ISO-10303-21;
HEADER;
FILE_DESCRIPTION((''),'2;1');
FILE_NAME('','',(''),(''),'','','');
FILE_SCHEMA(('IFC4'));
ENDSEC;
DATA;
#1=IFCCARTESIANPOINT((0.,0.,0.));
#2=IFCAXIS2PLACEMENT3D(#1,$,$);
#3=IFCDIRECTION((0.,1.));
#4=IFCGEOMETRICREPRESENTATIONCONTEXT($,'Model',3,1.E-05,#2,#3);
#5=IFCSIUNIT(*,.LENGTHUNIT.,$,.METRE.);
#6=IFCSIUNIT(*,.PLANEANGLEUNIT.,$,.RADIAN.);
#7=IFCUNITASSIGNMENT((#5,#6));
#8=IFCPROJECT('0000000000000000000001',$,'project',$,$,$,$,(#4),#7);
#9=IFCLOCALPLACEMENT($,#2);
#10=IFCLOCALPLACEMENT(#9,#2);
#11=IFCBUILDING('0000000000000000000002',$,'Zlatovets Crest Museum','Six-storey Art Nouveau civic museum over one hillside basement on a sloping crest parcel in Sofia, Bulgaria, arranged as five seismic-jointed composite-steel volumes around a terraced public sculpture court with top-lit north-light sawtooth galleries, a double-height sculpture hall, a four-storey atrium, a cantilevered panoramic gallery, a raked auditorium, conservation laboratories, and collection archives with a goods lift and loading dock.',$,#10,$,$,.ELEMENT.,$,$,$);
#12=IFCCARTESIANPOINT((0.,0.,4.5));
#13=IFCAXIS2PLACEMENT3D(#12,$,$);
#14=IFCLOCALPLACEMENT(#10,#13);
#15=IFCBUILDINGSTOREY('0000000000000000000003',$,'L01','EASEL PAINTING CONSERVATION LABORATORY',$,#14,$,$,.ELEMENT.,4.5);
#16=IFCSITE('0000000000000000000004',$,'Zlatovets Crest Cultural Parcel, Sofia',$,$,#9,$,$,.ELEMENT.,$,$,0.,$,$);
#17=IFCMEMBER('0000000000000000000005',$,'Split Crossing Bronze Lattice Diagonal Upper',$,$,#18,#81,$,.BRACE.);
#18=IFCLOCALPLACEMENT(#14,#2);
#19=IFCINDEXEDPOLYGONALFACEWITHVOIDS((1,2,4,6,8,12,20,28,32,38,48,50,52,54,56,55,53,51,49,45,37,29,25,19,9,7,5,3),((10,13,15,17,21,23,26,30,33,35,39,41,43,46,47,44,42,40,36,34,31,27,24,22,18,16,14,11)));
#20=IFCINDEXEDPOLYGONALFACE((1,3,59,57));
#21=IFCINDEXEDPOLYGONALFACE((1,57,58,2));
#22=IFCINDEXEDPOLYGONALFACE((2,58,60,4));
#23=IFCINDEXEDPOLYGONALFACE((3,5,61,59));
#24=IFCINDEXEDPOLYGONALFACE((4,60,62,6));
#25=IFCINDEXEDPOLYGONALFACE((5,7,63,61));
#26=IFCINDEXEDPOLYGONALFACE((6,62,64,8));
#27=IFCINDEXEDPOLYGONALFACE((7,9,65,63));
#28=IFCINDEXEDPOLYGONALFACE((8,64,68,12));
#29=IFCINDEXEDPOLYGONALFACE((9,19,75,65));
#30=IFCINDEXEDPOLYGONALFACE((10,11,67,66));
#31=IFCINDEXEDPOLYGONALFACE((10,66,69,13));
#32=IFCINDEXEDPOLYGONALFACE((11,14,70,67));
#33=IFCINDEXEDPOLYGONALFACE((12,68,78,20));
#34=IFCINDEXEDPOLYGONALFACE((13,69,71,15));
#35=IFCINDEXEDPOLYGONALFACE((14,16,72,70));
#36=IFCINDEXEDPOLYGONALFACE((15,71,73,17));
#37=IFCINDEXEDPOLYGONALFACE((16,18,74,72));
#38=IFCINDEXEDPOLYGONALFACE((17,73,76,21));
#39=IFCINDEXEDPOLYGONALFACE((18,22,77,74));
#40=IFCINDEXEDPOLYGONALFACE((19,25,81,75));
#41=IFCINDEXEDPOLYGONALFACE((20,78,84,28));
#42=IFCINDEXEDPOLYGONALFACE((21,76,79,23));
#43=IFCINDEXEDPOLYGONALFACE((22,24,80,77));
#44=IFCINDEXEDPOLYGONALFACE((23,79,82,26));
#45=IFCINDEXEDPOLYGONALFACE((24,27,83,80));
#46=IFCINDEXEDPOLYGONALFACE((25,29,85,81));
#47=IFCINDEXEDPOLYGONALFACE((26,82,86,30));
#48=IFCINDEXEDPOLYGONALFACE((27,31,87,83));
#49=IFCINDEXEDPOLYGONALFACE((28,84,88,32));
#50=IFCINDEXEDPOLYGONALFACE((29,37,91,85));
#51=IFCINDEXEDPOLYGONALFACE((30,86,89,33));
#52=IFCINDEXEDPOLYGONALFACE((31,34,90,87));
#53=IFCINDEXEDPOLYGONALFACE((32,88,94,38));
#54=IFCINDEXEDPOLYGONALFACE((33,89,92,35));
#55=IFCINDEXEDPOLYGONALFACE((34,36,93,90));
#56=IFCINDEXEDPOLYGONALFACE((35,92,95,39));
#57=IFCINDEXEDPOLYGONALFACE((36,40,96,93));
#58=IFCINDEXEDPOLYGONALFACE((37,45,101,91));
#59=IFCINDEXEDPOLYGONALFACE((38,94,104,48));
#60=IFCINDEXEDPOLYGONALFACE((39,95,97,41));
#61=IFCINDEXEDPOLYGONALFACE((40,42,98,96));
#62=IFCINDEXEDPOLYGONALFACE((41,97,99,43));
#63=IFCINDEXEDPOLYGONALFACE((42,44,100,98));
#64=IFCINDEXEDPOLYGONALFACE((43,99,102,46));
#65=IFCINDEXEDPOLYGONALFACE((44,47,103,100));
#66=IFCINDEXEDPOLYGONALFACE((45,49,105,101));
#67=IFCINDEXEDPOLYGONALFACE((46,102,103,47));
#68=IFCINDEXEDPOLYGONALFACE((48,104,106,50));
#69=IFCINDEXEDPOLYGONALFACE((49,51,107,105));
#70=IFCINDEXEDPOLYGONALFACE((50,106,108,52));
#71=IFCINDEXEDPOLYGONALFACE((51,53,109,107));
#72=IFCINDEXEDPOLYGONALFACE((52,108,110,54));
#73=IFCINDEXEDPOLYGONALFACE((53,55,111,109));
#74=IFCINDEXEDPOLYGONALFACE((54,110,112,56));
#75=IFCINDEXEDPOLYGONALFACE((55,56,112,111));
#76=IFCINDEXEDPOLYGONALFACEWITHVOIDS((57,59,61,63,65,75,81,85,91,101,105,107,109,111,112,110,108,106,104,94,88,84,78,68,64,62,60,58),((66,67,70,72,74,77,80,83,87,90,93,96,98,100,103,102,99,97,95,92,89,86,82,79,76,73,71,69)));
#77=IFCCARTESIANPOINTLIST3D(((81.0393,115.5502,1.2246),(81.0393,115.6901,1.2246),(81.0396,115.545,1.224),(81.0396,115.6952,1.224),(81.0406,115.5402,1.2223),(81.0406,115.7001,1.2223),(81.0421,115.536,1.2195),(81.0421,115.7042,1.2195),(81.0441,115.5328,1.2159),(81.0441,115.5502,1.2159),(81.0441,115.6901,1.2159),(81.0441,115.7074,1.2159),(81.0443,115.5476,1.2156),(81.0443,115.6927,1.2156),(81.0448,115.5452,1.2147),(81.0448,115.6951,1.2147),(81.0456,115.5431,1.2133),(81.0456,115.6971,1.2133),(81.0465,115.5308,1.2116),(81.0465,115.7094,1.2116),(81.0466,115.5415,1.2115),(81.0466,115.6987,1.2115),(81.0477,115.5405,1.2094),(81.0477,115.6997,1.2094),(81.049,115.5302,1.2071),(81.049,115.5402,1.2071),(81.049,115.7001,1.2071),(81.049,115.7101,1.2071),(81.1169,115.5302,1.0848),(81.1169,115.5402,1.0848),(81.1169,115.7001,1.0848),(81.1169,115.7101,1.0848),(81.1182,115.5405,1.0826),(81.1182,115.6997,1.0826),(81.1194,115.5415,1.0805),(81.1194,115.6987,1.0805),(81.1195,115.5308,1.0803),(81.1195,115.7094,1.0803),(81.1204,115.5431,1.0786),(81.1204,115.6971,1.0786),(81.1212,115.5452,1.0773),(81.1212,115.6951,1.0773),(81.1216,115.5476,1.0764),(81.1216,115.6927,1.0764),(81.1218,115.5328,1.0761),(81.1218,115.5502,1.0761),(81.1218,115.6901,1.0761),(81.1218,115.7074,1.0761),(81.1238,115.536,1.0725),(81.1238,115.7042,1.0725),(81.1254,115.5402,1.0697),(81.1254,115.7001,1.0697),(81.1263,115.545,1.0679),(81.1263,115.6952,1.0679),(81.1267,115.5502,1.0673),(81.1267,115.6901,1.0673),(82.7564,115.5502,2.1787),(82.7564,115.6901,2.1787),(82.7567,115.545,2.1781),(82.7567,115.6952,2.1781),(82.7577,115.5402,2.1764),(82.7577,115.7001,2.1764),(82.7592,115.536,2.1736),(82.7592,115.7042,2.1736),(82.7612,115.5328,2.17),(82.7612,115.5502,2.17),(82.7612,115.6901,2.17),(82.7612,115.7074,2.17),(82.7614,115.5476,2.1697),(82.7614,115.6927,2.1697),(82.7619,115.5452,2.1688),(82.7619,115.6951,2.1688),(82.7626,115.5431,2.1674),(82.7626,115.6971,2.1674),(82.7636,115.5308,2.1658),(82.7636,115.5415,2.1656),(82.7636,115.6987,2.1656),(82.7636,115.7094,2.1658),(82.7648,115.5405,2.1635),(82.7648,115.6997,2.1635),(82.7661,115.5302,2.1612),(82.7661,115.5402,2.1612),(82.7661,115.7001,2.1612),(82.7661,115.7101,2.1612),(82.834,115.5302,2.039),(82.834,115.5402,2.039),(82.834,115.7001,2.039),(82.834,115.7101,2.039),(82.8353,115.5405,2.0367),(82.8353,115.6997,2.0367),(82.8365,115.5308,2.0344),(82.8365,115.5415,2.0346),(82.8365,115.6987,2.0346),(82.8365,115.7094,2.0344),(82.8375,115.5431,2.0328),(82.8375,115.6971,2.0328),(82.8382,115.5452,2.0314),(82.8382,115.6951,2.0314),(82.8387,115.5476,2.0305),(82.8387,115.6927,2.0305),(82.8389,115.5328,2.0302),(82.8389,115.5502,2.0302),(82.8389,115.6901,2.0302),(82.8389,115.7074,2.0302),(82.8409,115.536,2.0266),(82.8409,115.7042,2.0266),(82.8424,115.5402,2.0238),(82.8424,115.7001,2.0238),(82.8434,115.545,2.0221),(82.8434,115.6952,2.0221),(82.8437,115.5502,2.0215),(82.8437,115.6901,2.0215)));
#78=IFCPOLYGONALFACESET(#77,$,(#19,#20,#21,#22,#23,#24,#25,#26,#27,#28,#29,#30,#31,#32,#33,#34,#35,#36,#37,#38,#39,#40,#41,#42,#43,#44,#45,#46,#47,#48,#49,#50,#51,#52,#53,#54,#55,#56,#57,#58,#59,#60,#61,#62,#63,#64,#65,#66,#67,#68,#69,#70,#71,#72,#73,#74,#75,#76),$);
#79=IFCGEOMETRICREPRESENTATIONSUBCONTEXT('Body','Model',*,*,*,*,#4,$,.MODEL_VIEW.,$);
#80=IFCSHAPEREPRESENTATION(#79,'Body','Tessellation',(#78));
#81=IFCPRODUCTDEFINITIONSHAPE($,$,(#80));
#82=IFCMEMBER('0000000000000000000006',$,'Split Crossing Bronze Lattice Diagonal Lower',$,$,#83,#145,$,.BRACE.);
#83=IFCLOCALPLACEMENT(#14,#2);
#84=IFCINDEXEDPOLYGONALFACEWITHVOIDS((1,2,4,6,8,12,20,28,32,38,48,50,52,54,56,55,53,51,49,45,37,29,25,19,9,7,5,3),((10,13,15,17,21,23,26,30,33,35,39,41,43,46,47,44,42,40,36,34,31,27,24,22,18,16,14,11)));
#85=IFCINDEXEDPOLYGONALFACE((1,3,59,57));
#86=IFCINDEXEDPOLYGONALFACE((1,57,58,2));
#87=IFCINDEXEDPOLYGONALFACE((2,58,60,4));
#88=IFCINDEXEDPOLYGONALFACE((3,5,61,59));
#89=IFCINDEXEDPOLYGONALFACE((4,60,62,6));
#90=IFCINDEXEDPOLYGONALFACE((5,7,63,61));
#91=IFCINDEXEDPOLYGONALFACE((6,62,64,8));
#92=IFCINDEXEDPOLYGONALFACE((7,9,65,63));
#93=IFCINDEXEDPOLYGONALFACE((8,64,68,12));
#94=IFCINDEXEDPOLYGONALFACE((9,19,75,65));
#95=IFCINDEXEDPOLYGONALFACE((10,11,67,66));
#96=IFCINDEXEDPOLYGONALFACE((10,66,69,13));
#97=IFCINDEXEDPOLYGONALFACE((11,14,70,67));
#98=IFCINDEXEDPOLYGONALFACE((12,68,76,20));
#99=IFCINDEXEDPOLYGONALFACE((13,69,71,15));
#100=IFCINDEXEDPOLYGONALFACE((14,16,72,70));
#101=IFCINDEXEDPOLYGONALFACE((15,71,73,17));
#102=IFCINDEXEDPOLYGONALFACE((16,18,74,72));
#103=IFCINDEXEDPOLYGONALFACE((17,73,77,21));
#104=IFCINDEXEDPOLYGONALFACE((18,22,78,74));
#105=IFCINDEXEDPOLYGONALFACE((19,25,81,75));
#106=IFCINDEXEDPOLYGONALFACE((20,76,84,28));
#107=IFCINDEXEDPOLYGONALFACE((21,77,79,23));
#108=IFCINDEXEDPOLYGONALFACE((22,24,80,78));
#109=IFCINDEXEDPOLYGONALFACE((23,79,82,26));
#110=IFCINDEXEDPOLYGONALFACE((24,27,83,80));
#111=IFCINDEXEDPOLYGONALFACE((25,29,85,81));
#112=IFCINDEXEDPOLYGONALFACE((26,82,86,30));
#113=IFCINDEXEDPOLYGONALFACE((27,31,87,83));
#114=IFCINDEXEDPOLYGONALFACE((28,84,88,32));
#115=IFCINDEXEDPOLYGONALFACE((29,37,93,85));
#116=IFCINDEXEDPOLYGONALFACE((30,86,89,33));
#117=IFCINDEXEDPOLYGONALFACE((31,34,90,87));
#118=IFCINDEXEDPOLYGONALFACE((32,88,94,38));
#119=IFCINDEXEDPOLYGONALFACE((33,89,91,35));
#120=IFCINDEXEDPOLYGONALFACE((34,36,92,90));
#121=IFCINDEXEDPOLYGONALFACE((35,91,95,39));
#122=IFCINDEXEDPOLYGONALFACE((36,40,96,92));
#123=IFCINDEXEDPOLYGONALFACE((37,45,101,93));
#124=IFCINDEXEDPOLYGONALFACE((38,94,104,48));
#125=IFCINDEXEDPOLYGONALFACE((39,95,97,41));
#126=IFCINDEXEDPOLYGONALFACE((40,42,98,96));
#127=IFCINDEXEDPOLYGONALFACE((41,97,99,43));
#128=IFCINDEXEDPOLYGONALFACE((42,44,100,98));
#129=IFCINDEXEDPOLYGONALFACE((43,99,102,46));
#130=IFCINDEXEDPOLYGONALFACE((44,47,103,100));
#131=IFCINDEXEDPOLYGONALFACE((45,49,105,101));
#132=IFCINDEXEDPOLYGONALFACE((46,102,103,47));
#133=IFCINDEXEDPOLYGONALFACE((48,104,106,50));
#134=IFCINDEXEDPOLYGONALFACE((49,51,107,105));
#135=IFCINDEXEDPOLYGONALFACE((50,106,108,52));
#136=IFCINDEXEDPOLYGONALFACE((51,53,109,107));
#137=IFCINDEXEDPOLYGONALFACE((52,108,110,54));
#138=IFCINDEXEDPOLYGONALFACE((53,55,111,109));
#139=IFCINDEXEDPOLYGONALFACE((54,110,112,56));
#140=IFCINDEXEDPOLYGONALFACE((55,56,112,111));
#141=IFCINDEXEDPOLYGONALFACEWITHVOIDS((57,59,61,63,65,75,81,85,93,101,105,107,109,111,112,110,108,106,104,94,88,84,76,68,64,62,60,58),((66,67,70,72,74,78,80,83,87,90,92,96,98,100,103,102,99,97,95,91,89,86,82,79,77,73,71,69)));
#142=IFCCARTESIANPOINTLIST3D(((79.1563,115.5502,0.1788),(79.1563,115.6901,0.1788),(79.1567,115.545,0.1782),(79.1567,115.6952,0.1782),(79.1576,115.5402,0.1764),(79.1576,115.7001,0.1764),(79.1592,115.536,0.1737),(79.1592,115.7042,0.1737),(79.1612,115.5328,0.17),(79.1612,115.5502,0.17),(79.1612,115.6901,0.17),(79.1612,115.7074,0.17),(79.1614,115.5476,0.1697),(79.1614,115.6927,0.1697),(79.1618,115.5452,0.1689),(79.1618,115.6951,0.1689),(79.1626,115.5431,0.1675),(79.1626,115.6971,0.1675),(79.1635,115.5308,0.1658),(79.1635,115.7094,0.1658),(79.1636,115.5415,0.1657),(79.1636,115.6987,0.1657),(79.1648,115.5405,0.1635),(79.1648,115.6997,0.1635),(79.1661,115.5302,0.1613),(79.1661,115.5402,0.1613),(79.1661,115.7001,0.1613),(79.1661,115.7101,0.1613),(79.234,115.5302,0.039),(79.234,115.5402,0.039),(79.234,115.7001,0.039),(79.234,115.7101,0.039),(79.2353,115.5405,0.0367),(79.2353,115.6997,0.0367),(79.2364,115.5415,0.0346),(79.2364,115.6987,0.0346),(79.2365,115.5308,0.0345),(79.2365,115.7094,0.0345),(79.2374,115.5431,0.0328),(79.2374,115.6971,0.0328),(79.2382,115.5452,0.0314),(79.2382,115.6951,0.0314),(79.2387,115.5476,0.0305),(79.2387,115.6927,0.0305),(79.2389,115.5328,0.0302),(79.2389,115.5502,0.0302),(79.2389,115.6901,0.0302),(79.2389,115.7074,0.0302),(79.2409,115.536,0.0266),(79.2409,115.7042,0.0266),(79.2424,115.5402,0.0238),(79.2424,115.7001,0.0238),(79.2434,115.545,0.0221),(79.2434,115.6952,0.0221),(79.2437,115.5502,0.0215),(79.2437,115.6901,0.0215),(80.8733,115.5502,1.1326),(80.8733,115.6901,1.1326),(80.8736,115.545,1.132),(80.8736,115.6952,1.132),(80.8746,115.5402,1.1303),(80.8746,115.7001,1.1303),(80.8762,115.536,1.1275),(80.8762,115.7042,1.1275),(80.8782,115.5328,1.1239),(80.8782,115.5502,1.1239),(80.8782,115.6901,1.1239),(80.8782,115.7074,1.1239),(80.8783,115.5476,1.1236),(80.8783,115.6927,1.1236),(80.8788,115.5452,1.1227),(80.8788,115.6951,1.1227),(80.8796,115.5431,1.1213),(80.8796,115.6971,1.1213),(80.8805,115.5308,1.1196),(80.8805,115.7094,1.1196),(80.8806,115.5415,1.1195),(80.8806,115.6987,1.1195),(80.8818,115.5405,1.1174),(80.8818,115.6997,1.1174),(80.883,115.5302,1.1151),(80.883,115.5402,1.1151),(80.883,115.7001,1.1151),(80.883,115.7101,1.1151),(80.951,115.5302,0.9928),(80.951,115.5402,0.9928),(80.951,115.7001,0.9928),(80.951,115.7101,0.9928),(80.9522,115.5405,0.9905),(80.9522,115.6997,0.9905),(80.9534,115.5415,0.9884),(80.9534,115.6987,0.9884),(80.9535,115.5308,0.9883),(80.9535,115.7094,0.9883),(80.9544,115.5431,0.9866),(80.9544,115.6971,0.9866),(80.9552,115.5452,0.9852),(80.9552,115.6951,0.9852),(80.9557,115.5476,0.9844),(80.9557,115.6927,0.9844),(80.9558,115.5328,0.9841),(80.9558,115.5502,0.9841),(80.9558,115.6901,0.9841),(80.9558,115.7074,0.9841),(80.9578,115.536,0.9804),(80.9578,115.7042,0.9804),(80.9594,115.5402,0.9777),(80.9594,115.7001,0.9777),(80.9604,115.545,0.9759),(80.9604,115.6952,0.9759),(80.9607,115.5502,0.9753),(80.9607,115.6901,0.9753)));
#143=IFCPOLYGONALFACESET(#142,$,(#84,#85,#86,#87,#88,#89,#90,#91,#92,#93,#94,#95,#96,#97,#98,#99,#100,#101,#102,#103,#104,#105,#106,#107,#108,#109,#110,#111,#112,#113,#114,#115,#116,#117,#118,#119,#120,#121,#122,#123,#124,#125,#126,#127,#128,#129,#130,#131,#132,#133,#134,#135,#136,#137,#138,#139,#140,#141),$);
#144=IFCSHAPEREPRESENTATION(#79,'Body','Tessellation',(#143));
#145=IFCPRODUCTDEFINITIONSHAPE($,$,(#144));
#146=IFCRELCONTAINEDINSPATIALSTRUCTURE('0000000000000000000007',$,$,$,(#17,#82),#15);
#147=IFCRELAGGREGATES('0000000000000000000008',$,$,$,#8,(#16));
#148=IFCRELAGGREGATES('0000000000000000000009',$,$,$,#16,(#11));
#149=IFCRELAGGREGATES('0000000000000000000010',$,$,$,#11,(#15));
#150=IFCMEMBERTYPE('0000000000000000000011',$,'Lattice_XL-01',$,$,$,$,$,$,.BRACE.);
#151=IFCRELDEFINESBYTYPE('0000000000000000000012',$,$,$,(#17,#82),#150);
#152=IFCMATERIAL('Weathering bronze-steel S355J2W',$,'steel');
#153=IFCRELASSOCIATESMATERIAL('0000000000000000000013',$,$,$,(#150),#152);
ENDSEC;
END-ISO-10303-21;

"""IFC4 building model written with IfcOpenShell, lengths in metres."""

from ifc_helpers import new_model, si_unit, direction, frame, origin, origin_2d, place, context, subcontext, project, spatial, hollow_rectangle, extrude, material, material_profile, profile_set, type_object, element, save


model = new_model("IFC4")

# Units and contexts
model_context = context("Model", 3, precision=1e-05, world=origin(), true_north=direction((0.0, 1.0)))
body_context = subcontext(model_context, "Body", "Model", "MODEL_VIEW")
ifc_project = project(units=[si_unit("LENGTHUNIT", "METRE"), si_unit("PLANEANGLEUNIT", "RADIAN")], contexts=[model_context])

# Site, building, storey
site_placement = place(None, origin())
site = spatial("IfcSite", under=ifc_project, at=site_placement, Name="Zlatovets Crest Cultural Parcel, Sofia", CompositionType="ELEMENT", RefElevation=0.0)
building_placement = place(site_placement, origin())
building = spatial("IfcBuilding", under=site, at=building_placement, Name="Zlatovets Crest Museum", Description="Six-storey Art Nouveau civic museum over one hillside basement on a sloping crest parcel in Sofia, Bulgaria, arranged as five seismic-jointed composite-steel volumes around a terraced public sculpture court with top-lit north-light sawtooth galleries, a double-height sculpture hall, a four-storey atrium, a cantilevered panoramic gallery, a raked auditorium, conservation laboratories, and collection archives with a goods lift and loading dock.", CompositionType="ELEMENT")
storey_placement = place(building_placement, frame((0.0, 0.0, 4.5)))
storey = spatial("IfcBuildingStorey", under=building, at=storey_placement, Name="L01", Description="EASEL PAINTING CONSERVATION LABORATORY", CompositionType="ELEMENT", Elevation=4.5)

# Members
ifc_material_1 = material(Name="Weathering bronze-steel S355J2W", Category="steel")
ifc_material_profile_1 = material_profile(ifc_material_1, hollow_rectangle(XDim=0.1799, YDim=0.1799, WallThickness=0.01, InnerFilletRadius=0.01, OuterFilletRadius=0.02, at=origin_2d()), Name="SHS 180x180x10.0")
ifc_profile_set_1 = profile_set([ifc_material_profile_1], Name="Weathering bronze-steel S355J2W")
member_type_1 = type_object("IfcMemberType", Name="Lattice_XL-01", PredefinedType="BRACE", material=ifc_profile_set_1)
member_1_placement = place(storey_placement, frame((82.8, 115.6201, 2.1001), z_axis=(-0.874116, 0.0, -0.485717), x_axis=(0.0, -1.0, 0.0)))
element("IfcMember", 1, at=member_1_placement, inside=storey, type_object=member_type_1, Name="Split Crossing Bronze Lattice Diagonal Upper", PredefinedType="BRACE", context=body_context, shape_type="SweptSolid", body=[
    extrude(hollow_rectangle(XDim=0.1799, YDim=0.1799, WallThickness=0.01, InnerFilletRadius=0.01, OuterFilletRadius=0.02, at=origin_2d()), origin(), (0.0, 0.0, 1.0), 1.9644),
])
member_2_placement = place(storey_placement, frame((80.917, 115.6201, 1.054), z_axis=(-0.874169, 0.0, -0.485622), x_axis=(0.0, -1.0, 0.0)))
element("IfcMember", 2, at=member_2_placement, inside=storey, type_object=member_type_1, Name="Split Crossing Bronze Lattice Diagonal Lower", PredefinedType="BRACE", context=body_context, shape_type="SweptSolid", body=[
    extrude(hollow_rectangle(XDim=0.1799, YDim=0.1799, WallThickness=0.01, InnerFilletRadius=0.01, OuterFilletRadius=0.02, at=origin_2d()), origin(), (0.0, 0.0, 1.0), 1.9641),
])

save(model, "model.ifc")
